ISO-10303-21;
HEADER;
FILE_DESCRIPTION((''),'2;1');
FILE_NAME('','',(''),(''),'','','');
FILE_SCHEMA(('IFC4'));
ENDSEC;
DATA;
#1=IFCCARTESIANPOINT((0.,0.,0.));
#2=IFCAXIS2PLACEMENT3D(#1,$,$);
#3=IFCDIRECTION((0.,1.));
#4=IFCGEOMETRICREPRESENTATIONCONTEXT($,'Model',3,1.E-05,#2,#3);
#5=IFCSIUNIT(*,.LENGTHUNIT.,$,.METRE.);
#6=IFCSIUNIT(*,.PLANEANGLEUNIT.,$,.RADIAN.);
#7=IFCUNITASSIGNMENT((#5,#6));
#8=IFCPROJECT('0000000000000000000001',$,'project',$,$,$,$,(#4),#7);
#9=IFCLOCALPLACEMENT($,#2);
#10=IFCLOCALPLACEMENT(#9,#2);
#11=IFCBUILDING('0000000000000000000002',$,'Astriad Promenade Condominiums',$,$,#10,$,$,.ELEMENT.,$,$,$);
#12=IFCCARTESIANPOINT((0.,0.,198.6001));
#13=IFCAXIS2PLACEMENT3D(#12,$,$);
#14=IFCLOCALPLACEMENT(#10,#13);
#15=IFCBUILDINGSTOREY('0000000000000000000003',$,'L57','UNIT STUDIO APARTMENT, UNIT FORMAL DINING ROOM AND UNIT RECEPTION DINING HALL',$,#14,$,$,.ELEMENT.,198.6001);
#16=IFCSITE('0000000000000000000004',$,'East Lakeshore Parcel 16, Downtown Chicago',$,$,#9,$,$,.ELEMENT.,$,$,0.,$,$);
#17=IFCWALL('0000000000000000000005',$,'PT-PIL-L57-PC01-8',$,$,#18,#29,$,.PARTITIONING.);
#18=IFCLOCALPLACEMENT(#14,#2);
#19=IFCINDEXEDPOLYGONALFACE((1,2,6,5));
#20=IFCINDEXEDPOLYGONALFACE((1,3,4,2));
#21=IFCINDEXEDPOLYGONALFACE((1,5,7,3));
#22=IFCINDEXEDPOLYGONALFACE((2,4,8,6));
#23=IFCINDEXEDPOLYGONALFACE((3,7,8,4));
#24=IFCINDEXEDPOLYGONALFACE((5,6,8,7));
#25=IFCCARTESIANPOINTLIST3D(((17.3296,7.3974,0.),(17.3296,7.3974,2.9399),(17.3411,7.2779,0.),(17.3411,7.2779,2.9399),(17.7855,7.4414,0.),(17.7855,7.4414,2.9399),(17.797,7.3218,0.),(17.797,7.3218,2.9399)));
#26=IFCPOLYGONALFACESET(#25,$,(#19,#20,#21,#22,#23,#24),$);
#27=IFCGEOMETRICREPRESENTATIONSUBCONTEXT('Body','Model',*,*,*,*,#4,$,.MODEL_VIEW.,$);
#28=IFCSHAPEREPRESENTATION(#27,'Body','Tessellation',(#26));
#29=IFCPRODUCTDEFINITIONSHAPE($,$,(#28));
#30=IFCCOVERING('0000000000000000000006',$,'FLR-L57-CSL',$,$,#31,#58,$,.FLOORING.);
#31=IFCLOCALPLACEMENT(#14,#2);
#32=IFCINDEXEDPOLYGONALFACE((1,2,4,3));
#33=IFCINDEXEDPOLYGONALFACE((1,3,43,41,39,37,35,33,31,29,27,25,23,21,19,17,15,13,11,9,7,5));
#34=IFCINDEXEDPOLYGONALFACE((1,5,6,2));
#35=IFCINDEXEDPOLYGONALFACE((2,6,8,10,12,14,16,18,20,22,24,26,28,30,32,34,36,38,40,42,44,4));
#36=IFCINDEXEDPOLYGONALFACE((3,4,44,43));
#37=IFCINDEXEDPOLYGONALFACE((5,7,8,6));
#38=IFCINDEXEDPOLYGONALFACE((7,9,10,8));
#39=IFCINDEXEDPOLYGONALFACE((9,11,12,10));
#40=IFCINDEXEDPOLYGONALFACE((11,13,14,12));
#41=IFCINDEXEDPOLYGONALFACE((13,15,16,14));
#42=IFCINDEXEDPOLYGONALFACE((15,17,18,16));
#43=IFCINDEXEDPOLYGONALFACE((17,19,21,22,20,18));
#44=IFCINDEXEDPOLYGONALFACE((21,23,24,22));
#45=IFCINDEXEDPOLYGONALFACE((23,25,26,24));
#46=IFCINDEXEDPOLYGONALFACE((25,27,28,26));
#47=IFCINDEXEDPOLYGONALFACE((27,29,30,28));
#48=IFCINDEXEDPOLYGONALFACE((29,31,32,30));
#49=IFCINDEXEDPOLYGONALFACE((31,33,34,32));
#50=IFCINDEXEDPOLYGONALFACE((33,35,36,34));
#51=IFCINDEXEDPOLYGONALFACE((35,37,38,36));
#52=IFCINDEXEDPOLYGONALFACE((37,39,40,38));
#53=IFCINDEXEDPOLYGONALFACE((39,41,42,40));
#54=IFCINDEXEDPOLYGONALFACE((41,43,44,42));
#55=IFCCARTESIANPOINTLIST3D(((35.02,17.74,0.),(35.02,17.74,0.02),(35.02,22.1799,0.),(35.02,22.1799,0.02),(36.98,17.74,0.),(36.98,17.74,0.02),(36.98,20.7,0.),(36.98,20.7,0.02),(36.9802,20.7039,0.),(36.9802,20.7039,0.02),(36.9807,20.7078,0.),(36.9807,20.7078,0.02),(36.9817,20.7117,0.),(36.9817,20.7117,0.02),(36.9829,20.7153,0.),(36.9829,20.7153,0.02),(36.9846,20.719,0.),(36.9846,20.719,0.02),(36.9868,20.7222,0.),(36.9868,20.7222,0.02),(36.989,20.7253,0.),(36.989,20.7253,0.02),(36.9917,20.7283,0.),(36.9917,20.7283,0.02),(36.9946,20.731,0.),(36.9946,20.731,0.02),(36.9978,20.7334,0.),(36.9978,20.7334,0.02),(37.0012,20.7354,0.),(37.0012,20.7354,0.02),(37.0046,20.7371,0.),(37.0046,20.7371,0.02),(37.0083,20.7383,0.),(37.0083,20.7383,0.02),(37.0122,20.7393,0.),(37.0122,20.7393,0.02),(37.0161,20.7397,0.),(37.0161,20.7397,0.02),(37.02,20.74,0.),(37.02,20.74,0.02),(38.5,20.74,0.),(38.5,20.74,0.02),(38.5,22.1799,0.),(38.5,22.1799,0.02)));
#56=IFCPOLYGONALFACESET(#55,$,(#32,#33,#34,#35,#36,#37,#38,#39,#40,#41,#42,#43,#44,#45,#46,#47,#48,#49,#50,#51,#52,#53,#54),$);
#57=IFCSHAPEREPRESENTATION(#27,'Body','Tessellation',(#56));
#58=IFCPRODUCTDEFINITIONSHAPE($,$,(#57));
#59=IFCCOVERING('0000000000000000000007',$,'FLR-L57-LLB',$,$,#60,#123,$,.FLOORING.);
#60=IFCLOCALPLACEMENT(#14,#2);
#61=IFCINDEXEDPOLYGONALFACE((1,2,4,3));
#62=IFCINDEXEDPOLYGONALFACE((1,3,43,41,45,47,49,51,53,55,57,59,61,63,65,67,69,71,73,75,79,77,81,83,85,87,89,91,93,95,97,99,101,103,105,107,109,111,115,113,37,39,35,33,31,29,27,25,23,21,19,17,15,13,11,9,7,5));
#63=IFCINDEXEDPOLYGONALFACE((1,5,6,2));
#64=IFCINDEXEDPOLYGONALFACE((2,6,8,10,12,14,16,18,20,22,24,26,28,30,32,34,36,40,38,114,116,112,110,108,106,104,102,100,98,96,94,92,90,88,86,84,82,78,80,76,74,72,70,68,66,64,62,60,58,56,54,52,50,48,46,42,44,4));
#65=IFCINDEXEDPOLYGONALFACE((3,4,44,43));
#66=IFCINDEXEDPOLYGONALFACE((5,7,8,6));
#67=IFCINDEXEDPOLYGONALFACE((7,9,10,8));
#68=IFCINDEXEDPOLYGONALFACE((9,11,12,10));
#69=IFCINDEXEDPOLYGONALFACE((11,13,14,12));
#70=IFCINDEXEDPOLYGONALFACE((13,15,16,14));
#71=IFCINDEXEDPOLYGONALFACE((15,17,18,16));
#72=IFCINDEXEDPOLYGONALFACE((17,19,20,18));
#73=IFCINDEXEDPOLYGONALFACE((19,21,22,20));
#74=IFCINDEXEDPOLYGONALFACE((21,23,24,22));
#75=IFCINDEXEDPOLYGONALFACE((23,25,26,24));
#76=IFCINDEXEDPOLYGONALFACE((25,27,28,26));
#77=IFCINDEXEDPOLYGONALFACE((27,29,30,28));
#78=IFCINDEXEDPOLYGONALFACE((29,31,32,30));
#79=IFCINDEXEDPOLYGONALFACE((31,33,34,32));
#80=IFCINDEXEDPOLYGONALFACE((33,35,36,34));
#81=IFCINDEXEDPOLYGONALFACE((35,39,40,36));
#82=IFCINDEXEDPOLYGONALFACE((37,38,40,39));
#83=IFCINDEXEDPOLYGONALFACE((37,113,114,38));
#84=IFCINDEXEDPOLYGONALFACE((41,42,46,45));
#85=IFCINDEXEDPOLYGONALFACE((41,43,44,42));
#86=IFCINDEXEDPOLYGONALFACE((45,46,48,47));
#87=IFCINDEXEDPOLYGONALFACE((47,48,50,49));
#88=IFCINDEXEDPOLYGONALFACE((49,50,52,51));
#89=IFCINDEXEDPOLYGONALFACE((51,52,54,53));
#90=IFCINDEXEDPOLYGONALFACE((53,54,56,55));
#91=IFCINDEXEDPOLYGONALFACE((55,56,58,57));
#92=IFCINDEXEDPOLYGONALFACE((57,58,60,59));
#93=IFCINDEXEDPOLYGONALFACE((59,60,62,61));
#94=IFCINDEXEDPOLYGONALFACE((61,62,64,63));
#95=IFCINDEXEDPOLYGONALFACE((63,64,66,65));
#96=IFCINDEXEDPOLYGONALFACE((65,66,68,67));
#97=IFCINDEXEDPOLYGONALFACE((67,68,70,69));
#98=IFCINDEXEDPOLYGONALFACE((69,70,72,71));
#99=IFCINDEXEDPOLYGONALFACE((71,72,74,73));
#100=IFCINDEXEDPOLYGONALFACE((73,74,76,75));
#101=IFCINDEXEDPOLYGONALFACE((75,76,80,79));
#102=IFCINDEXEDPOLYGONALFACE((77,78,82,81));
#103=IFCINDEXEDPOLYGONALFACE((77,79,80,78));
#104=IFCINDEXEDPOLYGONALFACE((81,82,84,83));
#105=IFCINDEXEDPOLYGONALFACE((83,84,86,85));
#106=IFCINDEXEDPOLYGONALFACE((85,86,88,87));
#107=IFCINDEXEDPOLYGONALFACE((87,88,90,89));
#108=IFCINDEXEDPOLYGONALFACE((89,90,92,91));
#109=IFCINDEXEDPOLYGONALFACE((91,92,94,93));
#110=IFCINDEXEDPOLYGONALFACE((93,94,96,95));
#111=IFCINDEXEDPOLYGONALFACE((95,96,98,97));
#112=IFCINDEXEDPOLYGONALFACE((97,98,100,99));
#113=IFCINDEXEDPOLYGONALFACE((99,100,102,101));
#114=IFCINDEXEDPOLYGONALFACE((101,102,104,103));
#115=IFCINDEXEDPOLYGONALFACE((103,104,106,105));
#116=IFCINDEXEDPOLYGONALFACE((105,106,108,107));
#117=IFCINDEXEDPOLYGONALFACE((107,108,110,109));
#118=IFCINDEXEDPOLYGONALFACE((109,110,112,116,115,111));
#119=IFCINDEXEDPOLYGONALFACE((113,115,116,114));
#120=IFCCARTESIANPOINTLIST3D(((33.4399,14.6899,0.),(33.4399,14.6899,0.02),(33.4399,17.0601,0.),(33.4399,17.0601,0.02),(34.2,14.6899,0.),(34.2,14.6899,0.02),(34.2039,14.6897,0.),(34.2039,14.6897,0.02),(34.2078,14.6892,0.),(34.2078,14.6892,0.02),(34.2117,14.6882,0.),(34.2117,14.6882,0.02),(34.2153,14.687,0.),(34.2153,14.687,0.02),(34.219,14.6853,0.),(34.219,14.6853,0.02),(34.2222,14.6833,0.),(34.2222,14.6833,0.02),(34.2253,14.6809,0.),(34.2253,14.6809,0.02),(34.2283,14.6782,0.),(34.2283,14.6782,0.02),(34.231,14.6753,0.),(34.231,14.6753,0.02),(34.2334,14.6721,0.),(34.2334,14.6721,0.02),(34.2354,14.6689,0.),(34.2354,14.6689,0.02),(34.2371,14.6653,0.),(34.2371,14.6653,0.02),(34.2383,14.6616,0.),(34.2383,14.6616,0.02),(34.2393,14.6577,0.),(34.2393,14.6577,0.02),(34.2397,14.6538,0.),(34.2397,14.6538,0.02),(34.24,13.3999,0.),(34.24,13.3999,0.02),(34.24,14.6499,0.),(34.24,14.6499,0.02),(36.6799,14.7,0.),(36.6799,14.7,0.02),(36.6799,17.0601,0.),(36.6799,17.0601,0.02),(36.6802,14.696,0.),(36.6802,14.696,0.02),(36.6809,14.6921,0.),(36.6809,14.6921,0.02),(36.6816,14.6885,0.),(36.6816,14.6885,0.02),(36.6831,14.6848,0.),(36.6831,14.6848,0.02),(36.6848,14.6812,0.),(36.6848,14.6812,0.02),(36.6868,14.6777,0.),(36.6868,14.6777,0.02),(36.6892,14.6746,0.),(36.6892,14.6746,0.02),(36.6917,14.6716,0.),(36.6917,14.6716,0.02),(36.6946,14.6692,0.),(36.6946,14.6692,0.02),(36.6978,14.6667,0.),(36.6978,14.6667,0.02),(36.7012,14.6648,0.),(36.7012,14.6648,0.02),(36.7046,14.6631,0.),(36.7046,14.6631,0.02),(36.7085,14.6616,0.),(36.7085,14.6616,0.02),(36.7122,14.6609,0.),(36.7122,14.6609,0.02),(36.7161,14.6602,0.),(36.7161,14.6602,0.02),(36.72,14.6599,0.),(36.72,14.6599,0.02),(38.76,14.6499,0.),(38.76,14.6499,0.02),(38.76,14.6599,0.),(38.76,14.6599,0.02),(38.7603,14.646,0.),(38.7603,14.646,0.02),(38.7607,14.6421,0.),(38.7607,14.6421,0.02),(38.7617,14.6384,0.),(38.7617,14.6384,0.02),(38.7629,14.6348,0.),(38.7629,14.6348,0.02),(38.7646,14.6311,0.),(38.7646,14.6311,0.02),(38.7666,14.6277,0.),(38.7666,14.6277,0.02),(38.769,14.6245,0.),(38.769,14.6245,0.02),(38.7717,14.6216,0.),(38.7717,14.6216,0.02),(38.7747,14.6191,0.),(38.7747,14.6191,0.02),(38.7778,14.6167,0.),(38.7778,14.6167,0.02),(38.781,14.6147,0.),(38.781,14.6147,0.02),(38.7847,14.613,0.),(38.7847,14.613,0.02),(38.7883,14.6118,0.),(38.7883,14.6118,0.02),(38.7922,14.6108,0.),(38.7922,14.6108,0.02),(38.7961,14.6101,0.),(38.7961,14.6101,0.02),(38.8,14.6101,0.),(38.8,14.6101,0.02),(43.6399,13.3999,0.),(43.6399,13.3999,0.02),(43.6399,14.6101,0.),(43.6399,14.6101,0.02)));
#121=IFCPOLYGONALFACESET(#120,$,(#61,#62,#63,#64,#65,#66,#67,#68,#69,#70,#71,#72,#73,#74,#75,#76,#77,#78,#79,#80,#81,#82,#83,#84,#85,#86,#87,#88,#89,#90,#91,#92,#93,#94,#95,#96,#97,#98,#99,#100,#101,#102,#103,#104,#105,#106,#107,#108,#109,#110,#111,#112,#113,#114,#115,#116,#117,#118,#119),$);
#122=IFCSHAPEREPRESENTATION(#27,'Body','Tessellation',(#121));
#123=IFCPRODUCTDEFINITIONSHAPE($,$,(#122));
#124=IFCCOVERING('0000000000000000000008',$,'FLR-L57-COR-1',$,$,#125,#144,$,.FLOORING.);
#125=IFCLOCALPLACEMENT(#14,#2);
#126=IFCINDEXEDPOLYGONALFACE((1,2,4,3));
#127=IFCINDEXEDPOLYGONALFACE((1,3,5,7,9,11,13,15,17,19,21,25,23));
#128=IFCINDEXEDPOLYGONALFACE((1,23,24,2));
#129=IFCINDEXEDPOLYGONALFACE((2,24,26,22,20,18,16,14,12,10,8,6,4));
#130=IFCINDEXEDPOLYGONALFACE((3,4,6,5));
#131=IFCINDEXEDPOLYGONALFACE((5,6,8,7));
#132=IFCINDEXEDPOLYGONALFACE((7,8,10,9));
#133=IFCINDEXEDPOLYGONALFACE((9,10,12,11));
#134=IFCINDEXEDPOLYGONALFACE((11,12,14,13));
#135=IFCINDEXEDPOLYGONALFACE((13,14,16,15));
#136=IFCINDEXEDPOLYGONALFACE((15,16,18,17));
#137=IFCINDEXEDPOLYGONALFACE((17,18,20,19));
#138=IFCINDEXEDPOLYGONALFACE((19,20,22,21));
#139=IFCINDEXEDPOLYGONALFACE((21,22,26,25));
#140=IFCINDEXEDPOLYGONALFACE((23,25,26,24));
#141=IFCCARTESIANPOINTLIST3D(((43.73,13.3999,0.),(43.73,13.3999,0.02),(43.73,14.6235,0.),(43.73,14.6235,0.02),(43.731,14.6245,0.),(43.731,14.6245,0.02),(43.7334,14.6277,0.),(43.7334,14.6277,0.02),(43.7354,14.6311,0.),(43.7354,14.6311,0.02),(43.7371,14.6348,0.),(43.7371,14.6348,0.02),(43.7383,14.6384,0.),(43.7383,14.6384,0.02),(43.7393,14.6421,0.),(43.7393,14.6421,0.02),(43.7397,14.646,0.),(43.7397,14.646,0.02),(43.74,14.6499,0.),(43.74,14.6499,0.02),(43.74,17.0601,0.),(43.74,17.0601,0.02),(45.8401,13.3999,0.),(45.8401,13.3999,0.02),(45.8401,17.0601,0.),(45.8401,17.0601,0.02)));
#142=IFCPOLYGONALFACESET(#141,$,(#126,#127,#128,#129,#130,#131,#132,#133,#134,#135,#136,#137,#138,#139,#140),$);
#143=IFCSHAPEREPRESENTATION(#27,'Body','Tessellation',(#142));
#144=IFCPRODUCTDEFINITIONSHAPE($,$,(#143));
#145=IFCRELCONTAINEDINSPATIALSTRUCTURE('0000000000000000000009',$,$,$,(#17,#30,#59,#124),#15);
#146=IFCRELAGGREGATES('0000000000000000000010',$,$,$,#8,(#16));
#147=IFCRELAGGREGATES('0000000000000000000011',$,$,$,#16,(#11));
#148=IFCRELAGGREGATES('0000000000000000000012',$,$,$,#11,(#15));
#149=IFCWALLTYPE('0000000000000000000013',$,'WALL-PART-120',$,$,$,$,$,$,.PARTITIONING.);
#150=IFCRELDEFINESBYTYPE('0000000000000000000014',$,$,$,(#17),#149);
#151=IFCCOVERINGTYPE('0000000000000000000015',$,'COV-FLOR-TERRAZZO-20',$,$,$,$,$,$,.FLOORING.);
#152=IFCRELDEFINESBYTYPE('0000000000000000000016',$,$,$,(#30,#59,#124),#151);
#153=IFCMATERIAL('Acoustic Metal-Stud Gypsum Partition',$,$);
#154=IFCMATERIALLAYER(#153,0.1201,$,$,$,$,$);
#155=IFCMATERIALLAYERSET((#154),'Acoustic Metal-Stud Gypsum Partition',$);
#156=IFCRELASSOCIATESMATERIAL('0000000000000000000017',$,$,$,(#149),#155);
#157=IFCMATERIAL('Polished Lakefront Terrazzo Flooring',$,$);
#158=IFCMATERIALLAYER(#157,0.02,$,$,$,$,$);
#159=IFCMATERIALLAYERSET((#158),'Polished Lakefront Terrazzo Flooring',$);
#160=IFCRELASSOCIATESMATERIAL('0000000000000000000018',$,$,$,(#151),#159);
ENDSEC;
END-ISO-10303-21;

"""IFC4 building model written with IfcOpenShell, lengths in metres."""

from ifc_helpers import new_model, si_unit, direction, frame, frame_2d, origin, place, context, subcontext, project, spatial, polyline, rectangle, outline, extrude, material, layer, layer_set, type_object, element, save


model = new_model("IFC4")

# Units and contexts
model_context = context("Model", 3, precision=1e-05, world=origin(), true_north=direction((0.0, 1.0)))
body_context = subcontext(model_context, "Body", "Model", "MODEL_VIEW")
ifc_project = project(units=[si_unit("LENGTHUNIT", "METRE"), si_unit("PLANEANGLEUNIT", "RADIAN")], contexts=[model_context])

# Site, building, storey
site_placement = place(None, origin())
site = spatial("IfcSite", under=ifc_project, at=site_placement, Name="East Lakeshore Parcel 16, Downtown Chicago", CompositionType="ELEMENT", RefElevation=0.0)
building_placement = place(site_placement, origin())
building = spatial("IfcBuilding", under=site, at=building_placement, Name="Astriad Promenade Condominiums", CompositionType="ELEMENT")
storey_placement = place(building_placement, frame((0.0, 0.0, 198.6001)))
storey = spatial("IfcBuildingStorey", under=building, at=storey_placement, Name="L57", Description="UNIT STUDIO APARTMENT, UNIT FORMAL DINING ROOM AND UNIT RECEPTION DINING HALL", CompositionType="ELEMENT", Elevation=198.6001)

# Shared definitions
ifc_material_1 = material(Name="Acoustic Metal-Stud Gypsum Partition")
ifc_layer_1 = layer(ifc_material_1, 0.1201)
ifc_layer_set_1 = layer_set([ifc_layer_1], Name="Acoustic Metal-Stud Gypsum Partition")
wall_type_1 = type_object("IfcWallType", Name="WALL-PART-120", PredefinedType="PARTITIONING", material=ifc_layer_set_1)

# Wall
wall_1_placement = place(storey_placement, frame((17.7913, 7.3816, 0.0), z_axis=(0.0, 0.0, 1.0), x_axis=(-0.995385, -0.095966, 0.0)))
element("IfcWall", 1, at=wall_1_placement, inside=storey, type_object=wall_type_1, Name="PT-PIL-L57-PC01-8", PredefinedType="PARTITIONING", context=body_context, shape_type="SweptSolid", body=[
    extrude(rectangle(XDim=0.458, YDim=0.1201, at=frame_2d((0.229, 0.0))), origin(), (0.0, 0.0, 1.0), 2.9399),
])

# Coverings
ifc_material_2 = material(Name="Polished Lakefront Terrazzo Flooring")
ifc_layer_2 = layer(ifc_material_2, 0.02)
ifc_layer_set_2 = layer_set([ifc_layer_2], Name="Polished Lakefront Terrazzo Flooring")
covering_type = type_object("IfcCoveringType", Name="COV-FLOR-TERRAZZO-20", PredefinedType="FLOORING", material=ifc_layer_set_2)
covering_1_placement = place(storey_placement, origin())
element("IfcCovering", 2, at=covering_1_placement, inside=storey, type_object=covering_type, Name="FLR-L57-CSL", PredefinedType="FLOORING", context=body_context, shape_type="SweptSolid", body=[
    extrude(outline(polyline([(36.98, 20.7), (36.98, 17.74), (35.02, 17.74), (35.02, 22.1799), (38.5, 22.1799), (38.5, 20.74), (37.02, 20.74), (37.0161, 20.7397), (37.0122, 20.7393), (37.0083, 20.7383), (37.0046, 20.7371), (37.0012, 20.7354), (36.9978, 20.7334), (36.9946, 20.731), (36.9917, 20.7283), (36.989, 20.7253), (36.9868, 20.7222), (36.9846, 20.719), (36.9829, 20.7153), (36.9817, 20.7117), (36.9807, 20.7078), (36.9802, 20.7039), (36.98, 20.7)])), origin(), (0.0, 0.0, 1.0), 0.02),
])
covering_2_placement = place(storey_placement, origin())
element("IfcCovering", 3, at=covering_2_placement, inside=storey, type_object=covering_type, Name="FLR-L57-LLB", PredefinedType="FLOORING", context=body_context, shape_type="SweptSolid", body=[
    extrude(outline(polyline([(43.6399, 14.6101), (43.6399, 13.3999), (34.24, 13.3999), (34.24, 14.6499), (34.2397, 14.6538), (34.2393, 14.6577), (34.2383, 14.6616), (34.2371, 14.6653), (34.2354, 14.6689), (34.2334, 14.6721), (34.231, 14.6753), (34.2283, 14.6782), (34.2253, 14.6809), (34.2222, 14.6833), (34.219, 14.6853), (34.2153, 14.687), (34.2117, 14.6882), (34.2078, 14.6892), (34.2039, 14.6897), (34.2, 14.6899), (33.4399, 14.6899), (33.4399, 17.0601), (36.6799, 17.0601), (36.6799, 14.7), (36.6802, 14.696), (36.6809, 14.6921), (36.6816, 14.6885), (36.6831, 14.6848), (36.6848, 14.6812), (36.6868, 14.6777), (36.6892, 14.6746), (36.6917, 14.6716), (36.6946, 14.6692), (36.6978, 14.6667), (36.7012, 14.6648), (36.7046, 14.6631), (36.7085, 14.6616), (36.7122, 14.6609), (36.7161, 14.6602), (36.72, 14.6599), (38.76, 14.6599), (38.76, 14.6499), (38.7603, 14.646), (38.7607, 14.6421), (38.7617, 14.6384), (38.7629, 14.6348), (38.7646, 14.6311), (38.7666, 14.6277), (38.769, 14.6245), (38.7717, 14.6216), (38.7747, 14.6191), (38.7778, 14.6167), (38.781, 14.6147), (38.7847, 14.613), (38.7883, 14.6118), (38.7922, 14.6108), (38.7961, 14.6101), (38.8, 14.6101), (43.6399, 14.6101)])), origin(), (0.0, 0.0, 1.0), 0.02),
])
covering_3_placement = place(storey_placement, origin())
element("IfcCovering", 4, at=covering_3_placement, inside=storey, type_object=covering_type, Name="FLR-L57-COR-1", PredefinedType="FLOORING", context=body_context, shape_type="SweptSolid", body=[
    extrude(outline(polyline([(43.73, 13.3999), (43.73, 14.6235), (43.731, 14.6245), (43.7334, 14.6277), (43.7354, 14.6311), (43.7371, 14.6348), (43.7383, 14.6384), (43.7393, 14.6421), (43.7397, 14.646), (43.74, 14.6499), (43.74, 17.0601), (45.8401, 17.0601), (45.8401, 13.3999), (43.73, 13.3999)])), origin(), (0.0, 0.0, 1.0), 0.02),
])

save(model, "model.ifc")
